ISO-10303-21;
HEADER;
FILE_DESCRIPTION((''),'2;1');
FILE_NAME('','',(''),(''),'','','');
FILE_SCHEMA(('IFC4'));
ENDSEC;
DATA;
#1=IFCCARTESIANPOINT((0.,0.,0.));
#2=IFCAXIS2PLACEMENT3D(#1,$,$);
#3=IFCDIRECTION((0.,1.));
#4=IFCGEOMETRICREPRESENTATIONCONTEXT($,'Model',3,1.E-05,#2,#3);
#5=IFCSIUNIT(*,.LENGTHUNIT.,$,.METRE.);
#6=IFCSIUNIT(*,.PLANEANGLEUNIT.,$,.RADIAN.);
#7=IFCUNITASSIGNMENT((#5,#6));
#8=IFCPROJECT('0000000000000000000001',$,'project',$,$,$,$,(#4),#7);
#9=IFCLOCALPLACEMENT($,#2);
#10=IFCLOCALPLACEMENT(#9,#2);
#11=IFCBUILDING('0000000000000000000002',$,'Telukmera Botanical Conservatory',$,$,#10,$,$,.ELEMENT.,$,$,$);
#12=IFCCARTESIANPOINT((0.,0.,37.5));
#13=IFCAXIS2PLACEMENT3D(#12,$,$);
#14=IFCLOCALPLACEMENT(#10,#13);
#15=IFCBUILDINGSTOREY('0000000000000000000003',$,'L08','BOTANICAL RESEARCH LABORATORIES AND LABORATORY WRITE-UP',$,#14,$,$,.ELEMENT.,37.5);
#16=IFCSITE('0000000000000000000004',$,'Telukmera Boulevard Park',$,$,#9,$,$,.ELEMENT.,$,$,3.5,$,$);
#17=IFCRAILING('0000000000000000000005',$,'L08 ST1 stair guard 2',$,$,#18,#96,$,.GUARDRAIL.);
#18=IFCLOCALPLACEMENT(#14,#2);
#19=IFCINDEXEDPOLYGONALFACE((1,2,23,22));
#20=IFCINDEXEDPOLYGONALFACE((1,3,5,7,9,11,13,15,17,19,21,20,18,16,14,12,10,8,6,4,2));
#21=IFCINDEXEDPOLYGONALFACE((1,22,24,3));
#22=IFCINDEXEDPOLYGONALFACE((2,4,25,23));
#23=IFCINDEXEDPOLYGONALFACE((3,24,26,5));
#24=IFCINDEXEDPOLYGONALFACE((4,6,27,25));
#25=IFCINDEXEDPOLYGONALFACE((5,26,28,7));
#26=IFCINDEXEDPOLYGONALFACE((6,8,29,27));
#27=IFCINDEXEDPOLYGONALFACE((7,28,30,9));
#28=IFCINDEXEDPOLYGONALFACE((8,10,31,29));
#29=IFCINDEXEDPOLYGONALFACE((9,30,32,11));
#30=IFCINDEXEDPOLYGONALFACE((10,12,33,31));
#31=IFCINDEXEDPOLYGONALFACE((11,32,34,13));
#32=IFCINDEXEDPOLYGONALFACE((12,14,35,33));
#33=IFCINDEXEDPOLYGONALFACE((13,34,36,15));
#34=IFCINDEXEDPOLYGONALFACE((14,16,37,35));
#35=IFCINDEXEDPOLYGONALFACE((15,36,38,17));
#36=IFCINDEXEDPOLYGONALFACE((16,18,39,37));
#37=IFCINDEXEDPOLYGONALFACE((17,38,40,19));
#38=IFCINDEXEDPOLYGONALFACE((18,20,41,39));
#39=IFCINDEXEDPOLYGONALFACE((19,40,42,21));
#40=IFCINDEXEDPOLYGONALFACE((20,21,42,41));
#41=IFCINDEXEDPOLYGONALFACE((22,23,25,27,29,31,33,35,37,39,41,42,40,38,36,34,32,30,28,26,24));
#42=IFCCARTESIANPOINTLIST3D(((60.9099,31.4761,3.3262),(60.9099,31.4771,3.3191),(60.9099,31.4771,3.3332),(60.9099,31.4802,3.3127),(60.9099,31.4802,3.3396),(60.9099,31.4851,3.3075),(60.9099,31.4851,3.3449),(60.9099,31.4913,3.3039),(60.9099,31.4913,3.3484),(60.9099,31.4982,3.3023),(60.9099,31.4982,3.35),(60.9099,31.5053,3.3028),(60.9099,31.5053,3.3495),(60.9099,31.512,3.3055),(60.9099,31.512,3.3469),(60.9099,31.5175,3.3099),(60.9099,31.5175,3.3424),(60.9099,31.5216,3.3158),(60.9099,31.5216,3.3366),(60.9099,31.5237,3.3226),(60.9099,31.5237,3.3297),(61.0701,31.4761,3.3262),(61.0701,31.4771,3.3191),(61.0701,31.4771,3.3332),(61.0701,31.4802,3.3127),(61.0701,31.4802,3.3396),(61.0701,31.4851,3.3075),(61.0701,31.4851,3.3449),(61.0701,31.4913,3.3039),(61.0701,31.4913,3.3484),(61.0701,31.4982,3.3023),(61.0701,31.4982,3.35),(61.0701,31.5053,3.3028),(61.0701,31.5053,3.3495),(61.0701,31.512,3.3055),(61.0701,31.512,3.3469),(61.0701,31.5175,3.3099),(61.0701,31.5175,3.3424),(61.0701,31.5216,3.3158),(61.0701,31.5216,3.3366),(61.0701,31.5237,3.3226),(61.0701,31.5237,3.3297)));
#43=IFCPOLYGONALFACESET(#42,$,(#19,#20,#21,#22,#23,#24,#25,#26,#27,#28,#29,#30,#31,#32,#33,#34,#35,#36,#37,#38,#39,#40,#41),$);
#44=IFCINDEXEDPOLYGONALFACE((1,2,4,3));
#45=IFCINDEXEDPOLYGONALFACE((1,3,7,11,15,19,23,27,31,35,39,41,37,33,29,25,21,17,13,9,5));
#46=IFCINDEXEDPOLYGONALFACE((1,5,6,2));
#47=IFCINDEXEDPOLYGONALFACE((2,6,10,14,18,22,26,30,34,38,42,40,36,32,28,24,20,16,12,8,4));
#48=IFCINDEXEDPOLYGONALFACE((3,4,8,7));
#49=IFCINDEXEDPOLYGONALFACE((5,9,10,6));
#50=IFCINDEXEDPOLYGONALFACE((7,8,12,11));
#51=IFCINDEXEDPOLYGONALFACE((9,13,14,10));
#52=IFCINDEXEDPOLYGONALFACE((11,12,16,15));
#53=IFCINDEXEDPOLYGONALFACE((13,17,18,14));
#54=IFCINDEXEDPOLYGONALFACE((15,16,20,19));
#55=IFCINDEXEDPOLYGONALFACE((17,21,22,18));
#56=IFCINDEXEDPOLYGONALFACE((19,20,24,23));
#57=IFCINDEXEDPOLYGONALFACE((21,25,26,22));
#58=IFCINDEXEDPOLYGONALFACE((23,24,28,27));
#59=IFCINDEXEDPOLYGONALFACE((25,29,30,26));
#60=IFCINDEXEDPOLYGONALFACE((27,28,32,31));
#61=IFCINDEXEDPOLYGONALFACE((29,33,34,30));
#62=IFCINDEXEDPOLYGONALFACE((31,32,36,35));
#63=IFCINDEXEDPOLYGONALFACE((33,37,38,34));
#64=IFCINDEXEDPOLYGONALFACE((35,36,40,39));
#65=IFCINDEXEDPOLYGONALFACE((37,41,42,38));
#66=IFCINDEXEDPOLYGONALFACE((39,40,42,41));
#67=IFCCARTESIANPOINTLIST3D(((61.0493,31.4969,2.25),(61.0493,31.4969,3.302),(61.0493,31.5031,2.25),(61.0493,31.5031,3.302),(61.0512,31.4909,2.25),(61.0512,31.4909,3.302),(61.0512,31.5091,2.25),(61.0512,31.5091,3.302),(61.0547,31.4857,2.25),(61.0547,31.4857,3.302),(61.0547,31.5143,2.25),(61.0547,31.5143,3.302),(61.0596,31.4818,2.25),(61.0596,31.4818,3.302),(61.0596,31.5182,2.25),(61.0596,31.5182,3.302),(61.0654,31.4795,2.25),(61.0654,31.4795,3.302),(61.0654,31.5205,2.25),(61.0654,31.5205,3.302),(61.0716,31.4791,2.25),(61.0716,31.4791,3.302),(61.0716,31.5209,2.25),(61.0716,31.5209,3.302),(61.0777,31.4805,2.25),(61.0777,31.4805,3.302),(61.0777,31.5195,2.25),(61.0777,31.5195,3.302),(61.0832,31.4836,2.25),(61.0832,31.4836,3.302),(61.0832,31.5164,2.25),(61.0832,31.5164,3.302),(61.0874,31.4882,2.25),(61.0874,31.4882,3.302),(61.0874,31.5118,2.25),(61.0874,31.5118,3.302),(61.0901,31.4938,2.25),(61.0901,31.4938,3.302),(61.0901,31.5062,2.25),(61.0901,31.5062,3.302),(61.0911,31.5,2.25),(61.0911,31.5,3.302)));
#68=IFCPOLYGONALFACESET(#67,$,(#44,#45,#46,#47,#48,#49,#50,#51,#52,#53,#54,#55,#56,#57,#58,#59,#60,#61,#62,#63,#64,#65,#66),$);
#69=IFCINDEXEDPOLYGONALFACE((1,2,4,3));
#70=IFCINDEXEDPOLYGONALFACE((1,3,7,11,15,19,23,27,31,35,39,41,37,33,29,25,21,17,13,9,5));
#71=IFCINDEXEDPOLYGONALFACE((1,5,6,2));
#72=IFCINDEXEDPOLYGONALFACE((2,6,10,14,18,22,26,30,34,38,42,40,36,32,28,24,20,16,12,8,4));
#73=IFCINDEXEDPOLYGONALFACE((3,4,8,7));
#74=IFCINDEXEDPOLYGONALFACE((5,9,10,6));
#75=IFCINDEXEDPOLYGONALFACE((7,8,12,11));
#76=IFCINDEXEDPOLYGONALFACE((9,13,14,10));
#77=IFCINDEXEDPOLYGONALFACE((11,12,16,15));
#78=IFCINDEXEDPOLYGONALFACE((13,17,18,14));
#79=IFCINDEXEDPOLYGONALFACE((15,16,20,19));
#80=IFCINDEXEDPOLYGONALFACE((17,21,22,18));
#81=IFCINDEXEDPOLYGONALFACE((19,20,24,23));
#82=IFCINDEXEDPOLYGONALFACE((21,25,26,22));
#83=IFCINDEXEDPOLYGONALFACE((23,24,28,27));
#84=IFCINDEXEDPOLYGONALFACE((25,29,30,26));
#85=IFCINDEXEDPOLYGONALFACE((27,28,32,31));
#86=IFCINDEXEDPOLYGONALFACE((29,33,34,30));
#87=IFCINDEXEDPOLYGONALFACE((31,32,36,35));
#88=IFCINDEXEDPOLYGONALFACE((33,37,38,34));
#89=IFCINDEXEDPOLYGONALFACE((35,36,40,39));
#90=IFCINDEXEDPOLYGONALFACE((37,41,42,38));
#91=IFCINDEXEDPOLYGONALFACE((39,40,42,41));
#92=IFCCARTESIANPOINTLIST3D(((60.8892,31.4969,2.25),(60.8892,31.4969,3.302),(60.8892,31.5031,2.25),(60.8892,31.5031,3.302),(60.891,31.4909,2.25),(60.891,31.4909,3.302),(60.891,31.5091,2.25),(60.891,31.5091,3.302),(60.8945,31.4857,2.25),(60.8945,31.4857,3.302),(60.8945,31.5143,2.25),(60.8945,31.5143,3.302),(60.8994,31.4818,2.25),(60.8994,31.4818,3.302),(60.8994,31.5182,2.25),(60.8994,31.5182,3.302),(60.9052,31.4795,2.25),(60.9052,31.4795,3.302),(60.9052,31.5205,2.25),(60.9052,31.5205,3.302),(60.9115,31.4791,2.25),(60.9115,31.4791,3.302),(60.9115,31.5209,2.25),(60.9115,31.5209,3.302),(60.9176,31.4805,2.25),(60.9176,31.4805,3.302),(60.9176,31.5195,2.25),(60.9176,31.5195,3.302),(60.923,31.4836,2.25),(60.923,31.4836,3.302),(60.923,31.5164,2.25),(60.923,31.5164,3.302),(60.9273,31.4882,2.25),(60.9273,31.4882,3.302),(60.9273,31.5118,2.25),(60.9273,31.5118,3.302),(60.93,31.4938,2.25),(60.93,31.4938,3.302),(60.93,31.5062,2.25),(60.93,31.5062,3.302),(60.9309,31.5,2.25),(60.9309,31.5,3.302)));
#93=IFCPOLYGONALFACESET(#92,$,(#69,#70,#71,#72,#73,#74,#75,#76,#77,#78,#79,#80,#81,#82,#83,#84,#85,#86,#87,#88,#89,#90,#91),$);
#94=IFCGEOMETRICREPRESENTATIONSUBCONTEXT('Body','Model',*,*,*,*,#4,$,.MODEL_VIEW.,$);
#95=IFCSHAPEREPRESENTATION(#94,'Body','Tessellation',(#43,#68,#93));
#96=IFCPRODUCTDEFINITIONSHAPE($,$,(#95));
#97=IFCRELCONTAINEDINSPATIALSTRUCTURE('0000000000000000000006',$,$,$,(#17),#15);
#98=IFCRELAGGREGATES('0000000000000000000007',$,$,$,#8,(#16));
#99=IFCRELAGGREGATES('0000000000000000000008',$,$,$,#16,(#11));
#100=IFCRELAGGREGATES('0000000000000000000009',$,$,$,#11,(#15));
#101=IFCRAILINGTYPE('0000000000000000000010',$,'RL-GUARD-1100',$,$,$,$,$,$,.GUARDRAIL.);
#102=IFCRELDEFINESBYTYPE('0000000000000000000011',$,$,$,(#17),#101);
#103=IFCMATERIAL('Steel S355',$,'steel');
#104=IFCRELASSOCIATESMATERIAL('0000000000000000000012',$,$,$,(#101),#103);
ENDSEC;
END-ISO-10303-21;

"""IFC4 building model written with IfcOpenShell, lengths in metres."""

from ifc_helpers import new_model, si_unit, direction, frame, origin, origin_2d, place, context, subcontext, project, spatial, circle, extrude, material, type_object, element, save


model = new_model("IFC4")

# Units and contexts
model_context = context("Model", 3, precision=1e-05, world=origin(), true_north=direction((0.0, 1.0)))
body_context = subcontext(model_context, "Body", "Model", "MODEL_VIEW")
ifc_project = project(units=[si_unit("LENGTHUNIT", "METRE"), si_unit("PLANEANGLEUNIT", "RADIAN")], contexts=[model_context])

# Site, building, storey
site_placement = place(None, origin())
site = spatial("IfcSite", under=ifc_project, at=site_placement, Name="Telukmera Boulevard Park", CompositionType="ELEMENT", RefElevation=3.5)
building_placement = place(site_placement, origin())
building = spatial("IfcBuilding", under=site, at=building_placement, Name="Telukmera Botanical Conservatory", CompositionType="ELEMENT")
storey_placement = place(building_placement, frame((0.0, 0.0, 37.5)))
storey = spatial("IfcBuildingStorey", under=building, at=storey_placement, Name="L08", Description="BOTANICAL RESEARCH LABORATORIES AND LABORATORY WRITE-UP", CompositionType="ELEMENT", Elevation=37.5)

# Railing
ifc_material_1 = material(Name="Steel S355", Category="steel")
railing_type_1 = type_object("IfcRailingType", Name="RL-GUARD-1100", PredefinedType="GUARDRAIL", material=ifc_material_1)
railing_1_placement = place(storey_placement, frame((61.0701, 31.5, 2.25)))
element("IfcRailing", 1, at=railing_1_placement, inside=storey, type_object=railing_type_1, Name="L08 ST1 stair guard 2", PredefinedType="GUARDRAIL", context=body_context, shape_type="SweptSolid", body=[
    extrude(circle(Radius=0.0239, at=origin_2d()), frame((0.0, 0.0, 1.0762), z_axis=(-1.0, 0.0, 0.0), x_axis=(0.0, -1.0, 0.0)), (0.0, 0.0, 1.0), 0.1602),
    extrude(circle(Radius=0.021, at=origin_2d()), origin(), (0.0, 0.0, 1.0), 1.052),
    extrude(circle(Radius=0.021, at=origin_2d()), frame((-0.1602, 0.0, 0.0)), (0.0, 0.0, 1.0), 1.052),
])

save(model, "model.ifc")
